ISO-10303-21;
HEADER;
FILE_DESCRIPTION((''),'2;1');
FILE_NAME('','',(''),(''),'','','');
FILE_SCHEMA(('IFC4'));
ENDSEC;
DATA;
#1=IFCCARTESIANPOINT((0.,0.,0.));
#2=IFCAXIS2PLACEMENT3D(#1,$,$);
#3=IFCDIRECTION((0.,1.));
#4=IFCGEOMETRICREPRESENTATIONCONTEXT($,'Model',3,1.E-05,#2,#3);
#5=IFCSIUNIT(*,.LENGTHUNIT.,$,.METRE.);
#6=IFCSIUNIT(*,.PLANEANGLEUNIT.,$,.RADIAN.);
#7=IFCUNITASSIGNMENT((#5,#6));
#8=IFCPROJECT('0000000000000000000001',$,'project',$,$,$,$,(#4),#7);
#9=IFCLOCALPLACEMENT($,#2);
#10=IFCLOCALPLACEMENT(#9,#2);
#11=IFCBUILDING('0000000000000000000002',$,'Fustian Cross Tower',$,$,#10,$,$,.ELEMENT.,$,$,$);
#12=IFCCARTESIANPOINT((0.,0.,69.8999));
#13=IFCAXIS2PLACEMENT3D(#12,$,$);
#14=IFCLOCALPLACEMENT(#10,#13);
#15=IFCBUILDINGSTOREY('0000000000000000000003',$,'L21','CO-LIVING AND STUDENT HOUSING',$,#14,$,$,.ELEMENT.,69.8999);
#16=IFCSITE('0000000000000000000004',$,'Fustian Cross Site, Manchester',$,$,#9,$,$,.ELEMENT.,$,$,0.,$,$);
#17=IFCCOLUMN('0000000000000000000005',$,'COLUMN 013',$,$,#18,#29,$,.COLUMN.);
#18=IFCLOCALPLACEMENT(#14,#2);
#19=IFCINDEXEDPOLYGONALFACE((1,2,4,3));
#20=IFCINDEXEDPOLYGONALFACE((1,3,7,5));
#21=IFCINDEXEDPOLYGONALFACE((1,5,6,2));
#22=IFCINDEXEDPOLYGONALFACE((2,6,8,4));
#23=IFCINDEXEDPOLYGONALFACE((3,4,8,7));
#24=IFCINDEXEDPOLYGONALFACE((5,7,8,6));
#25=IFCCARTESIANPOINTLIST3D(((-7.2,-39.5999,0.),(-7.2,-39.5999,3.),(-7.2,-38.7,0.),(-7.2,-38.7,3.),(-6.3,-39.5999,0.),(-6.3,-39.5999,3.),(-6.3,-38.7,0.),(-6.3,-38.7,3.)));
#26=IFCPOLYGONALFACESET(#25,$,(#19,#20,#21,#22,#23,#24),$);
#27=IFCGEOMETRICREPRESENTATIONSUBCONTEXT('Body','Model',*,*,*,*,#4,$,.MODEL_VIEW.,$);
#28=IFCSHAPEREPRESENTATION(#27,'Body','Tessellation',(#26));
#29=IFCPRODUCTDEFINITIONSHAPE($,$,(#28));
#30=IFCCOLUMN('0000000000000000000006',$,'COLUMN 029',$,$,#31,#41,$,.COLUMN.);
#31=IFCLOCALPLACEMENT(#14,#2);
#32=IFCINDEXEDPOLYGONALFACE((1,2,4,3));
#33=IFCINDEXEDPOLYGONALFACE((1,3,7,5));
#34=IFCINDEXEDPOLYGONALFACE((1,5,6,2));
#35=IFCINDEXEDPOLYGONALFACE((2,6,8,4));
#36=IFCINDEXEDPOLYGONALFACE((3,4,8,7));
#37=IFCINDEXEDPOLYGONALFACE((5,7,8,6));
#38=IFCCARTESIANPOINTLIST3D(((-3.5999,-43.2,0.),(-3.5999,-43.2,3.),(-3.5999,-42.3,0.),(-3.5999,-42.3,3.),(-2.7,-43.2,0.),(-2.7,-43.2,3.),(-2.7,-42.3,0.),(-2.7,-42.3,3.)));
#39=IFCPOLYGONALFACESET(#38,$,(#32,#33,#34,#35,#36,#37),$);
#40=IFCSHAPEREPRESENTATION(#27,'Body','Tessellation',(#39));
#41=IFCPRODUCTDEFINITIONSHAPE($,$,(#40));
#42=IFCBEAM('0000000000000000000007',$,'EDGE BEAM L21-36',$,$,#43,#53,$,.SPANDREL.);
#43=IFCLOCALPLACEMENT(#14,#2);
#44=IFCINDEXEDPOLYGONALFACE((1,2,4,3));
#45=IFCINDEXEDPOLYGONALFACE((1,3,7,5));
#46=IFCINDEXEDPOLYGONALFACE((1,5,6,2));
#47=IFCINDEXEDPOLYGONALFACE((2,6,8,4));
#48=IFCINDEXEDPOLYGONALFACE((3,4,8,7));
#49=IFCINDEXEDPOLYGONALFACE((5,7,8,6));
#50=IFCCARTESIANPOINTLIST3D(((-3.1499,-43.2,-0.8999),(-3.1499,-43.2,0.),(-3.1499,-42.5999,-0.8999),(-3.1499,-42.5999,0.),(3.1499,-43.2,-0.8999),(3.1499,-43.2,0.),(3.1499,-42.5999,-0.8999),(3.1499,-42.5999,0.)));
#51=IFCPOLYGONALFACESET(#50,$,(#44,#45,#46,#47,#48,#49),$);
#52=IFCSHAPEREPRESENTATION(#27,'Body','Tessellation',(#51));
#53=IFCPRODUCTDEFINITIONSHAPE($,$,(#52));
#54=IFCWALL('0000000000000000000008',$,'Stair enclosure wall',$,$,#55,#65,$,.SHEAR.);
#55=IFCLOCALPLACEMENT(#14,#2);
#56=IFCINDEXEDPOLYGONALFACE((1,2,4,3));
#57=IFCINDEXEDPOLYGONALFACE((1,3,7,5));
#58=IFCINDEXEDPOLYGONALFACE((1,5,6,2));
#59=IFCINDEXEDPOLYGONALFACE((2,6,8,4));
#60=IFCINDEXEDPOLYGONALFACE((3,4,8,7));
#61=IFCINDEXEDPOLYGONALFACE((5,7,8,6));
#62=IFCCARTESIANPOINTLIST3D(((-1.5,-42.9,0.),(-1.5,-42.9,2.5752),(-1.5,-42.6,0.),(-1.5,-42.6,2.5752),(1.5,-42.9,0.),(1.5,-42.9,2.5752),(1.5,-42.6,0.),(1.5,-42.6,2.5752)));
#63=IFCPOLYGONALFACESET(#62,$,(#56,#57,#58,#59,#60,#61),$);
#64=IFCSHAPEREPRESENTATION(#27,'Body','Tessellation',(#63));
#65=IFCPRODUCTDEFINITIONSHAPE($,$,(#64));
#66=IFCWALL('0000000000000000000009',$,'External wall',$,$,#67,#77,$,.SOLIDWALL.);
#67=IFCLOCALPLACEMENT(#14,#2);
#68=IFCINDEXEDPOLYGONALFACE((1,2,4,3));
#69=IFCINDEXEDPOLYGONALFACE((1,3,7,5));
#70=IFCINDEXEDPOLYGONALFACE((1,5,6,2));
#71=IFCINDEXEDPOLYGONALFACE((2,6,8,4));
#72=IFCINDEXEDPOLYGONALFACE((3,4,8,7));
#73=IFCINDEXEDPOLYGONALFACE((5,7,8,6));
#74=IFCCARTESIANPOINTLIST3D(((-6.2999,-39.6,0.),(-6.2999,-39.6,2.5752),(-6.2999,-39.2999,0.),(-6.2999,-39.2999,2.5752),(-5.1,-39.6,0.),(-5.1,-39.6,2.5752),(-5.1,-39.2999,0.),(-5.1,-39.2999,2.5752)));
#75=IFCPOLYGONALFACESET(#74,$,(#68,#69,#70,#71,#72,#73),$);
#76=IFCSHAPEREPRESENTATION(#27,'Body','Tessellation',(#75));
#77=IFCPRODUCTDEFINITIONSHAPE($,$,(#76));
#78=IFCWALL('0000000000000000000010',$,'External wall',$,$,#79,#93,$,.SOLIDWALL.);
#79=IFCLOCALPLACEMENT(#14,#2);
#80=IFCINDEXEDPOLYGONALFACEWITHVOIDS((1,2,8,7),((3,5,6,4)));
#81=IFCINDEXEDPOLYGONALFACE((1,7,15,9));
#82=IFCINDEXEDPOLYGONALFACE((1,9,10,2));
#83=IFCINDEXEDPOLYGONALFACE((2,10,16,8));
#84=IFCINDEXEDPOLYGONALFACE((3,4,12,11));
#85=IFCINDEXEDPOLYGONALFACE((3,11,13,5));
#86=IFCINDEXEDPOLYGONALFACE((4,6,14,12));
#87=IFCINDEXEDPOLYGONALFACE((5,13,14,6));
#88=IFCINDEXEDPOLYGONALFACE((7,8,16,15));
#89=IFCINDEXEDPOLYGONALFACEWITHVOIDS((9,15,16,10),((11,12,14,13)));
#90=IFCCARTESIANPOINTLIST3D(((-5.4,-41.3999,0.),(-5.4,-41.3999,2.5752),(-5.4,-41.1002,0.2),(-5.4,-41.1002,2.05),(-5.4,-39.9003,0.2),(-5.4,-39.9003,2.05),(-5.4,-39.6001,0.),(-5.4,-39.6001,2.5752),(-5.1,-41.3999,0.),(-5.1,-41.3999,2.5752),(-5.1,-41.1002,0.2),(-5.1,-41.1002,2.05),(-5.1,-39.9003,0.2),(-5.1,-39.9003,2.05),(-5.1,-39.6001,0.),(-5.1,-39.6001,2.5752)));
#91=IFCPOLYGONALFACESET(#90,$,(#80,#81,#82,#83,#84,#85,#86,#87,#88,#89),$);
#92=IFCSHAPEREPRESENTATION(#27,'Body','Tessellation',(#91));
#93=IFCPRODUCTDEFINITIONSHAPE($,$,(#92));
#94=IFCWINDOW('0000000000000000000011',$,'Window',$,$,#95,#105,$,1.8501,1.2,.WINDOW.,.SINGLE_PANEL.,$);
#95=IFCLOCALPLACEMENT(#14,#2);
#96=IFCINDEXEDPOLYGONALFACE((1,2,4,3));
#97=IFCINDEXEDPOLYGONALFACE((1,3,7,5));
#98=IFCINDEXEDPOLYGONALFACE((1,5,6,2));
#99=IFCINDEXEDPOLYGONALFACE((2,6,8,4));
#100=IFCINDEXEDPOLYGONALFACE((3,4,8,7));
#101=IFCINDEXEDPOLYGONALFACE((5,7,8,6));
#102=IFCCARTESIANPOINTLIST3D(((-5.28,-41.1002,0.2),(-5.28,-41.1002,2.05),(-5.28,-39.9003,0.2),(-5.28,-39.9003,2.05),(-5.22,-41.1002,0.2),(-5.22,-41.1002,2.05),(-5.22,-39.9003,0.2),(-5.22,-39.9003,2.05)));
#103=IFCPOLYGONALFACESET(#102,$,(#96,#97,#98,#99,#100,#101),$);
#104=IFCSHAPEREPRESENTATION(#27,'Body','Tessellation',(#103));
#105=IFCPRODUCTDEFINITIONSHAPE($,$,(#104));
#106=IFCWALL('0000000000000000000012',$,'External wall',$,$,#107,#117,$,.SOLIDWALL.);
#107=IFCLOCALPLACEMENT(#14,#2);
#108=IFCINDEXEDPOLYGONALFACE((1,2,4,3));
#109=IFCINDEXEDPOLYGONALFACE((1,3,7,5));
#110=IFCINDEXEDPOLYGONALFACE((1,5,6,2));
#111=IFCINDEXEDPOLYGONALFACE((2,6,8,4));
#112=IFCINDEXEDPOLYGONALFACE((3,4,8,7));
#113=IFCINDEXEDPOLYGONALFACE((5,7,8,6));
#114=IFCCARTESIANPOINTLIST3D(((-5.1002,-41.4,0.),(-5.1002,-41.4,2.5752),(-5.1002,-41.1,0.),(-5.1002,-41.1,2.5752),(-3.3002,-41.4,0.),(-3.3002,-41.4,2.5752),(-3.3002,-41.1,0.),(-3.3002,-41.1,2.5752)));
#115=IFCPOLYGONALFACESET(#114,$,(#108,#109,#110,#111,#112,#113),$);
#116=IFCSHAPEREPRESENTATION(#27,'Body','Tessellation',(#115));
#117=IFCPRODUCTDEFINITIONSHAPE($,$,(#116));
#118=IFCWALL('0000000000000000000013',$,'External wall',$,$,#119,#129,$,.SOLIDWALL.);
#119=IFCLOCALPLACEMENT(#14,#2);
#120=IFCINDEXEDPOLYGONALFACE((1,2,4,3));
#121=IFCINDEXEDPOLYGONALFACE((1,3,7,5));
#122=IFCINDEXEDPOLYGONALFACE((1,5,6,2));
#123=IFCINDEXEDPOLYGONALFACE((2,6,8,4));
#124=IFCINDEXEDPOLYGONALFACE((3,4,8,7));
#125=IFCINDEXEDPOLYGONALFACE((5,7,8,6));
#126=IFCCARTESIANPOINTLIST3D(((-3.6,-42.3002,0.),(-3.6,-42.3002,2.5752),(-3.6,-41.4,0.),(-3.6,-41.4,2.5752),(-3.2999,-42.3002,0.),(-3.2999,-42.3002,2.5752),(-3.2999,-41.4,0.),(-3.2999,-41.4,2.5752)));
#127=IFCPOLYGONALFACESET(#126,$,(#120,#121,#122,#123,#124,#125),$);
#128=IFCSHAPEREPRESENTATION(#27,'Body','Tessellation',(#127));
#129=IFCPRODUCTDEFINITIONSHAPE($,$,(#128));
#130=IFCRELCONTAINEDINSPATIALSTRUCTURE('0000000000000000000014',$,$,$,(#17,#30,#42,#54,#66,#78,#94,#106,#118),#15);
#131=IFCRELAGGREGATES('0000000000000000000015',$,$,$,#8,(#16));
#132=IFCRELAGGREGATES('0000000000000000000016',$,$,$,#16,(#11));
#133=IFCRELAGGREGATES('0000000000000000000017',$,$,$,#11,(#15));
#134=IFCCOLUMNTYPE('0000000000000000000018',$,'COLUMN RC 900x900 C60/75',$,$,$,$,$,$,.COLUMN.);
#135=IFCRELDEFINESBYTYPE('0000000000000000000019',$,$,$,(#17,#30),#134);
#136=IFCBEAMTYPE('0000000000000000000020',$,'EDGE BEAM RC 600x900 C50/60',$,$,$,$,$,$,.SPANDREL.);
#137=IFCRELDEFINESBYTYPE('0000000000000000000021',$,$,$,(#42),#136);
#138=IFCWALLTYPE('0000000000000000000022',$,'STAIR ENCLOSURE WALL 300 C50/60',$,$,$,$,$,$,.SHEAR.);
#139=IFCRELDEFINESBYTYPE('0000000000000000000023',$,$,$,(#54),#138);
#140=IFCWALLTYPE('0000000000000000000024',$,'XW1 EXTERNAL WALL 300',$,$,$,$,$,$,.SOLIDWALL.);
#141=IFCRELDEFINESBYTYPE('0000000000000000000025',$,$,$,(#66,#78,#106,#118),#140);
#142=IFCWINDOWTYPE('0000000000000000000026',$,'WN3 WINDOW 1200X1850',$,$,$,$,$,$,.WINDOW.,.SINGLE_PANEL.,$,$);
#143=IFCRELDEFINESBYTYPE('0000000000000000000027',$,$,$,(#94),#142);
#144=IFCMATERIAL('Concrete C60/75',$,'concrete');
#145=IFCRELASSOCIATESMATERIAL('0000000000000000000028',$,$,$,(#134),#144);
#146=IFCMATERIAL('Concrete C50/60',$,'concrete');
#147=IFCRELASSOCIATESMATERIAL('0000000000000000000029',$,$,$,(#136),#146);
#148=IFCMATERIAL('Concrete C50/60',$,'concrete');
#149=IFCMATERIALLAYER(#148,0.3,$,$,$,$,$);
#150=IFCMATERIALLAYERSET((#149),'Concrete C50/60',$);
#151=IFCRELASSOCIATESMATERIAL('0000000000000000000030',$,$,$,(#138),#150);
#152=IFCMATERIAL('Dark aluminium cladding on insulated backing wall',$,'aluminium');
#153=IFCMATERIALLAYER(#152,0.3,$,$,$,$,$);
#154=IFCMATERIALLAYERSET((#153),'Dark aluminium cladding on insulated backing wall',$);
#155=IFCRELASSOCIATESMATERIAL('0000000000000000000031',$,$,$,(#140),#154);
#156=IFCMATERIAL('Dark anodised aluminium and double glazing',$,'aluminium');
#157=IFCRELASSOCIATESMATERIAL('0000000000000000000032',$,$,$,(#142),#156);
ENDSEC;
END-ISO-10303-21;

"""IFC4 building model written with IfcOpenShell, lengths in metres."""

from ifc_helpers import new_model, si_unit, direction, frame, frame_2d, origin, origin_2d, place, context, subcontext, project, spatial, rectangle, extrude, material, layer, layer_set, material_profile, profile_set, type_object, element, fill, save


model = new_model("IFC4")

# Units and contexts
model_context = context("Model", 3, precision=1e-05, world=origin(), true_north=direction((0.0, 1.0)))
body_context = subcontext(model_context, "Body", "Model", "MODEL_VIEW")
ifc_project = project(units=[si_unit("LENGTHUNIT", "METRE"), si_unit("PLANEANGLEUNIT", "RADIAN")], contexts=[model_context])

# Site, building, storey
site_placement = place(None, origin())
site = spatial("IfcSite", under=ifc_project, at=site_placement, Name="Fustian Cross Site, Manchester", CompositionType="ELEMENT", RefElevation=0.0)
building_placement = place(site_placement, origin())
building = spatial("IfcBuilding", under=site, at=building_placement, Name="Fustian Cross Tower", CompositionType="ELEMENT")
storey_placement = place(building_placement, frame((0.0, 0.0, 69.8999)))
storey = spatial("IfcBuildingStorey", under=building, at=storey_placement, Name="L21", Description="CO-LIVING AND STUDENT HOUSING", CompositionType="ELEMENT", Elevation=69.8999)

# Columns
ifc_material_1 = material(Name="Concrete C60/75", Category="concrete")
ifc_material_profile_1 = material_profile(ifc_material_1, rectangle(XDim=0.8999, YDim=0.8999, at=origin_2d()), Name="RC 900x900")
ifc_profile_set_1 = profile_set([ifc_material_profile_1], Name="Concrete C60/75")
column_type = type_object("IfcColumnType", Name="COLUMN RC 900x900 C60/75", PredefinedType="COLUMN", material=ifc_profile_set_1)
for number, where, z_axis, x_axis, name in (
    (1, (-6.75, -39.1499, 0.0), (0.0, 0.0, 1.0), (1.0, 0.0, 0.0), "COLUMN 013"),
    (2, (-3.1499, -42.75, 0.0), (0.0, 0.0, 1.0), (1.0, 0.0, 0.0), "COLUMN 029"),
):
    element("IfcColumn", number, at=place(storey_placement, frame(where, z_axis=z_axis, x_axis=x_axis)), inside=storey, type_object=column_type, Name=name, PredefinedType="COLUMN", context=body_context, shape_type="SweptSolid", body=[
        extrude(rectangle(XDim=0.8999, YDim=0.8999, at=origin_2d()), origin(), (0.0, 0.0, 1.0), 3.0),
    ])

# Beam
ifc_material_2 = material(Name="Concrete C50/60", Category="concrete")
ifc_material_profile_2 = material_profile(ifc_material_2, rectangle(XDim=0.6001, YDim=0.8999, at=origin_2d()), Name="RC 600x900")
ifc_profile_set_2 = profile_set([ifc_material_profile_2], Name="Concrete C50/60")
beam_type = type_object("IfcBeamType", Name="EDGE BEAM RC 600x900 C50/60", PredefinedType="SPANDREL", material=ifc_profile_set_2)
beam_placement = place(storey_placement, frame((-3.1499, -42.8999, -0.45), z_axis=(1.0, 0.0, 0.0), x_axis=(0.0, 1.0, 0.0)))
element("IfcBeam", 3, at=beam_placement, inside=storey, type_object=beam_type, Name="EDGE BEAM L21-36", PredefinedType="SPANDREL", context=body_context, shape_type="SweptSolid", body=[
    extrude(rectangle(XDim=0.6001, YDim=0.8999, at=origin_2d()), origin(), (0.0, 0.0, 1.0), 6.2998),
])

# Walls
ifc_material_3 = material(Name="Concrete C50/60", Category="concrete")
ifc_layer_1 = layer(ifc_material_3, 0.3)
ifc_layer_set_1 = layer_set([ifc_layer_1], Name="Concrete C50/60")
wall_type_1 = type_object("IfcWallType", Name="STAIR ENCLOSURE WALL 300 C50/60", PredefinedType="SHEAR", material=ifc_layer_set_1)
wall_1_placement = place(storey_placement, frame((-1.5, -42.75, 0.0), z_axis=(0.0, 0.0, 1.0), x_axis=(1.0, 0.0, 0.0)))
element("IfcWall", 4, at=wall_1_placement, inside=storey, type_object=wall_type_1, Name="Stair enclosure wall", PredefinedType="SHEAR", context=body_context, shape_type="SweptSolid", body=[
    extrude(rectangle(XDim=3.0, YDim=0.3, at=frame_2d((1.5, 0.0))), origin(), (0.0, 0.0, 1.0), 2.5752),
])
ifc_material_4 = material(Name="Dark aluminium cladding on insulated backing wall", Category="aluminium")
ifc_layer_2 = layer(ifc_material_4, 0.3)
ifc_layer_set_2 = layer_set([ifc_layer_2], Name="Dark aluminium cladding on insulated backing wall")
wall_type_2 = type_object("IfcWallType", Name="XW1 EXTERNAL WALL 300", PredefinedType="SOLIDWALL", material=ifc_layer_set_2)
wall_2_placement = place(storey_placement, frame((-6.3, -39.45, 0.0), z_axis=(0.0, 0.0, 1.0), x_axis=(1.0, 0.0, 0.0)))
element("IfcWall", 5, at=wall_2_placement, inside=storey, type_object=wall_type_2, Name="External wall", PredefinedType="SOLIDWALL", context=body_context, shape_type="SweptSolid", body=[
    extrude(rectangle(XDim=1.2, YDim=0.3, at=frame_2d((0.6001, 0.0))), origin(), (0.0, 0.0, 1.0), 2.5752),
])

# Wall, opening, window
wall_3_placement = place(storey_placement, frame((-5.25, -39.6001, 0.0), z_axis=(0.0, 0.0, 1.0), x_axis=(0.0, -1.0, 0.0)))
wall_3 = element("IfcWall", 6, at=wall_3_placement, inside=storey, type_object=wall_type_2, Name="External wall", PredefinedType="SOLIDWALL", context=body_context, shape_type="SweptSolid", body=[
    extrude(rectangle(XDim=1.7998, YDim=0.3, at=frame_2d((0.8999, 0.0))), origin(), (0.0, 0.0, 1.0), 2.5752),
])
opening_1_placement = place(wall_3_placement, frame((0.3, 0.0, 0.2)))
opening_1 = element("IfcOpeningElement", 7, at=opening_1_placement, cuts=wall_3, PredefinedType="OPENING", context=body_context, shape_type="SweptSolid", body=[
    extrude(rectangle(XDim=1.2, YDim=1.8501, at=frame_2d((0.6001, 0.925))), frame((0.0, 0.1599, 0.0), z_axis=(0.0, -1.0, 0.0), x_axis=(1.0, 0.0, 0.0)), (0.0, 0.0, 1.0), 0.3201),
])
ifc_material_5 = material(Name="Dark anodised aluminium and double glazing", Category="aluminium")
window_type_1 = type_object("IfcWindowType", Name="WN3 WINDOW 1200X1850", PartitioningType="SINGLE_PANEL", PredefinedType="WINDOW", material=ifc_material_5)
window_1_placement = place(opening_1_placement, origin())
window_1 = element("IfcWindow", 8, at=window_1_placement, inside=storey, type_object=window_type_1, Name="Window", OverallHeight=1.8501, OverallWidth=1.2, PartitioningType="SINGLE_PANEL", PredefinedType="WINDOW", context=body_context, shape_type="SweptSolid", body=[
    extrude(rectangle(XDim=1.2, YDim=1.8501, at=frame_2d((0.6001, 0.925))), frame((0.0, 0.03, 0.0), z_axis=(0.0, -1.0, 0.0), x_axis=(1.0, 0.0, 0.0)), (0.0, 0.0, 1.0), 0.0601),
])
fill(opening_1, window_1)

# Walls
wall_4_placement = place(storey_placement, frame((-5.1001, -41.25, 0.0), z_axis=(0.0, 0.0, 1.0), x_axis=(1.0, 0.0, 0.0)))
element("IfcWall", 9, at=wall_4_placement, inside=storey, type_object=wall_type_2, Name="External wall", PredefinedType="SOLIDWALL", context=body_context, shape_type="SweptSolid", body=[
    extrude(rectangle(XDim=1.8, YDim=0.3, at=frame_2d((0.8999, 0.0))), origin(), (0.0, 0.0, 1.0), 2.5752),
])
wall_5_placement = place(storey_placement, frame((-3.45, -41.3999, 0.0), z_axis=(0.0, 0.0, 1.0), x_axis=(0.0, -1.0, 0.0)))
element("IfcWall", 10, at=wall_5_placement, inside=storey, type_object=wall_type_2, Name="External wall", PredefinedType="SOLIDWALL", context=body_context, shape_type="SweptSolid", body=[
    extrude(rectangle(XDim=0.9001, YDim=0.3, at=frame_2d((0.4502, 0.0))), origin(), (0.0, 0.0, 1.0), 2.5752),
])

save(model, "model.ifc")
